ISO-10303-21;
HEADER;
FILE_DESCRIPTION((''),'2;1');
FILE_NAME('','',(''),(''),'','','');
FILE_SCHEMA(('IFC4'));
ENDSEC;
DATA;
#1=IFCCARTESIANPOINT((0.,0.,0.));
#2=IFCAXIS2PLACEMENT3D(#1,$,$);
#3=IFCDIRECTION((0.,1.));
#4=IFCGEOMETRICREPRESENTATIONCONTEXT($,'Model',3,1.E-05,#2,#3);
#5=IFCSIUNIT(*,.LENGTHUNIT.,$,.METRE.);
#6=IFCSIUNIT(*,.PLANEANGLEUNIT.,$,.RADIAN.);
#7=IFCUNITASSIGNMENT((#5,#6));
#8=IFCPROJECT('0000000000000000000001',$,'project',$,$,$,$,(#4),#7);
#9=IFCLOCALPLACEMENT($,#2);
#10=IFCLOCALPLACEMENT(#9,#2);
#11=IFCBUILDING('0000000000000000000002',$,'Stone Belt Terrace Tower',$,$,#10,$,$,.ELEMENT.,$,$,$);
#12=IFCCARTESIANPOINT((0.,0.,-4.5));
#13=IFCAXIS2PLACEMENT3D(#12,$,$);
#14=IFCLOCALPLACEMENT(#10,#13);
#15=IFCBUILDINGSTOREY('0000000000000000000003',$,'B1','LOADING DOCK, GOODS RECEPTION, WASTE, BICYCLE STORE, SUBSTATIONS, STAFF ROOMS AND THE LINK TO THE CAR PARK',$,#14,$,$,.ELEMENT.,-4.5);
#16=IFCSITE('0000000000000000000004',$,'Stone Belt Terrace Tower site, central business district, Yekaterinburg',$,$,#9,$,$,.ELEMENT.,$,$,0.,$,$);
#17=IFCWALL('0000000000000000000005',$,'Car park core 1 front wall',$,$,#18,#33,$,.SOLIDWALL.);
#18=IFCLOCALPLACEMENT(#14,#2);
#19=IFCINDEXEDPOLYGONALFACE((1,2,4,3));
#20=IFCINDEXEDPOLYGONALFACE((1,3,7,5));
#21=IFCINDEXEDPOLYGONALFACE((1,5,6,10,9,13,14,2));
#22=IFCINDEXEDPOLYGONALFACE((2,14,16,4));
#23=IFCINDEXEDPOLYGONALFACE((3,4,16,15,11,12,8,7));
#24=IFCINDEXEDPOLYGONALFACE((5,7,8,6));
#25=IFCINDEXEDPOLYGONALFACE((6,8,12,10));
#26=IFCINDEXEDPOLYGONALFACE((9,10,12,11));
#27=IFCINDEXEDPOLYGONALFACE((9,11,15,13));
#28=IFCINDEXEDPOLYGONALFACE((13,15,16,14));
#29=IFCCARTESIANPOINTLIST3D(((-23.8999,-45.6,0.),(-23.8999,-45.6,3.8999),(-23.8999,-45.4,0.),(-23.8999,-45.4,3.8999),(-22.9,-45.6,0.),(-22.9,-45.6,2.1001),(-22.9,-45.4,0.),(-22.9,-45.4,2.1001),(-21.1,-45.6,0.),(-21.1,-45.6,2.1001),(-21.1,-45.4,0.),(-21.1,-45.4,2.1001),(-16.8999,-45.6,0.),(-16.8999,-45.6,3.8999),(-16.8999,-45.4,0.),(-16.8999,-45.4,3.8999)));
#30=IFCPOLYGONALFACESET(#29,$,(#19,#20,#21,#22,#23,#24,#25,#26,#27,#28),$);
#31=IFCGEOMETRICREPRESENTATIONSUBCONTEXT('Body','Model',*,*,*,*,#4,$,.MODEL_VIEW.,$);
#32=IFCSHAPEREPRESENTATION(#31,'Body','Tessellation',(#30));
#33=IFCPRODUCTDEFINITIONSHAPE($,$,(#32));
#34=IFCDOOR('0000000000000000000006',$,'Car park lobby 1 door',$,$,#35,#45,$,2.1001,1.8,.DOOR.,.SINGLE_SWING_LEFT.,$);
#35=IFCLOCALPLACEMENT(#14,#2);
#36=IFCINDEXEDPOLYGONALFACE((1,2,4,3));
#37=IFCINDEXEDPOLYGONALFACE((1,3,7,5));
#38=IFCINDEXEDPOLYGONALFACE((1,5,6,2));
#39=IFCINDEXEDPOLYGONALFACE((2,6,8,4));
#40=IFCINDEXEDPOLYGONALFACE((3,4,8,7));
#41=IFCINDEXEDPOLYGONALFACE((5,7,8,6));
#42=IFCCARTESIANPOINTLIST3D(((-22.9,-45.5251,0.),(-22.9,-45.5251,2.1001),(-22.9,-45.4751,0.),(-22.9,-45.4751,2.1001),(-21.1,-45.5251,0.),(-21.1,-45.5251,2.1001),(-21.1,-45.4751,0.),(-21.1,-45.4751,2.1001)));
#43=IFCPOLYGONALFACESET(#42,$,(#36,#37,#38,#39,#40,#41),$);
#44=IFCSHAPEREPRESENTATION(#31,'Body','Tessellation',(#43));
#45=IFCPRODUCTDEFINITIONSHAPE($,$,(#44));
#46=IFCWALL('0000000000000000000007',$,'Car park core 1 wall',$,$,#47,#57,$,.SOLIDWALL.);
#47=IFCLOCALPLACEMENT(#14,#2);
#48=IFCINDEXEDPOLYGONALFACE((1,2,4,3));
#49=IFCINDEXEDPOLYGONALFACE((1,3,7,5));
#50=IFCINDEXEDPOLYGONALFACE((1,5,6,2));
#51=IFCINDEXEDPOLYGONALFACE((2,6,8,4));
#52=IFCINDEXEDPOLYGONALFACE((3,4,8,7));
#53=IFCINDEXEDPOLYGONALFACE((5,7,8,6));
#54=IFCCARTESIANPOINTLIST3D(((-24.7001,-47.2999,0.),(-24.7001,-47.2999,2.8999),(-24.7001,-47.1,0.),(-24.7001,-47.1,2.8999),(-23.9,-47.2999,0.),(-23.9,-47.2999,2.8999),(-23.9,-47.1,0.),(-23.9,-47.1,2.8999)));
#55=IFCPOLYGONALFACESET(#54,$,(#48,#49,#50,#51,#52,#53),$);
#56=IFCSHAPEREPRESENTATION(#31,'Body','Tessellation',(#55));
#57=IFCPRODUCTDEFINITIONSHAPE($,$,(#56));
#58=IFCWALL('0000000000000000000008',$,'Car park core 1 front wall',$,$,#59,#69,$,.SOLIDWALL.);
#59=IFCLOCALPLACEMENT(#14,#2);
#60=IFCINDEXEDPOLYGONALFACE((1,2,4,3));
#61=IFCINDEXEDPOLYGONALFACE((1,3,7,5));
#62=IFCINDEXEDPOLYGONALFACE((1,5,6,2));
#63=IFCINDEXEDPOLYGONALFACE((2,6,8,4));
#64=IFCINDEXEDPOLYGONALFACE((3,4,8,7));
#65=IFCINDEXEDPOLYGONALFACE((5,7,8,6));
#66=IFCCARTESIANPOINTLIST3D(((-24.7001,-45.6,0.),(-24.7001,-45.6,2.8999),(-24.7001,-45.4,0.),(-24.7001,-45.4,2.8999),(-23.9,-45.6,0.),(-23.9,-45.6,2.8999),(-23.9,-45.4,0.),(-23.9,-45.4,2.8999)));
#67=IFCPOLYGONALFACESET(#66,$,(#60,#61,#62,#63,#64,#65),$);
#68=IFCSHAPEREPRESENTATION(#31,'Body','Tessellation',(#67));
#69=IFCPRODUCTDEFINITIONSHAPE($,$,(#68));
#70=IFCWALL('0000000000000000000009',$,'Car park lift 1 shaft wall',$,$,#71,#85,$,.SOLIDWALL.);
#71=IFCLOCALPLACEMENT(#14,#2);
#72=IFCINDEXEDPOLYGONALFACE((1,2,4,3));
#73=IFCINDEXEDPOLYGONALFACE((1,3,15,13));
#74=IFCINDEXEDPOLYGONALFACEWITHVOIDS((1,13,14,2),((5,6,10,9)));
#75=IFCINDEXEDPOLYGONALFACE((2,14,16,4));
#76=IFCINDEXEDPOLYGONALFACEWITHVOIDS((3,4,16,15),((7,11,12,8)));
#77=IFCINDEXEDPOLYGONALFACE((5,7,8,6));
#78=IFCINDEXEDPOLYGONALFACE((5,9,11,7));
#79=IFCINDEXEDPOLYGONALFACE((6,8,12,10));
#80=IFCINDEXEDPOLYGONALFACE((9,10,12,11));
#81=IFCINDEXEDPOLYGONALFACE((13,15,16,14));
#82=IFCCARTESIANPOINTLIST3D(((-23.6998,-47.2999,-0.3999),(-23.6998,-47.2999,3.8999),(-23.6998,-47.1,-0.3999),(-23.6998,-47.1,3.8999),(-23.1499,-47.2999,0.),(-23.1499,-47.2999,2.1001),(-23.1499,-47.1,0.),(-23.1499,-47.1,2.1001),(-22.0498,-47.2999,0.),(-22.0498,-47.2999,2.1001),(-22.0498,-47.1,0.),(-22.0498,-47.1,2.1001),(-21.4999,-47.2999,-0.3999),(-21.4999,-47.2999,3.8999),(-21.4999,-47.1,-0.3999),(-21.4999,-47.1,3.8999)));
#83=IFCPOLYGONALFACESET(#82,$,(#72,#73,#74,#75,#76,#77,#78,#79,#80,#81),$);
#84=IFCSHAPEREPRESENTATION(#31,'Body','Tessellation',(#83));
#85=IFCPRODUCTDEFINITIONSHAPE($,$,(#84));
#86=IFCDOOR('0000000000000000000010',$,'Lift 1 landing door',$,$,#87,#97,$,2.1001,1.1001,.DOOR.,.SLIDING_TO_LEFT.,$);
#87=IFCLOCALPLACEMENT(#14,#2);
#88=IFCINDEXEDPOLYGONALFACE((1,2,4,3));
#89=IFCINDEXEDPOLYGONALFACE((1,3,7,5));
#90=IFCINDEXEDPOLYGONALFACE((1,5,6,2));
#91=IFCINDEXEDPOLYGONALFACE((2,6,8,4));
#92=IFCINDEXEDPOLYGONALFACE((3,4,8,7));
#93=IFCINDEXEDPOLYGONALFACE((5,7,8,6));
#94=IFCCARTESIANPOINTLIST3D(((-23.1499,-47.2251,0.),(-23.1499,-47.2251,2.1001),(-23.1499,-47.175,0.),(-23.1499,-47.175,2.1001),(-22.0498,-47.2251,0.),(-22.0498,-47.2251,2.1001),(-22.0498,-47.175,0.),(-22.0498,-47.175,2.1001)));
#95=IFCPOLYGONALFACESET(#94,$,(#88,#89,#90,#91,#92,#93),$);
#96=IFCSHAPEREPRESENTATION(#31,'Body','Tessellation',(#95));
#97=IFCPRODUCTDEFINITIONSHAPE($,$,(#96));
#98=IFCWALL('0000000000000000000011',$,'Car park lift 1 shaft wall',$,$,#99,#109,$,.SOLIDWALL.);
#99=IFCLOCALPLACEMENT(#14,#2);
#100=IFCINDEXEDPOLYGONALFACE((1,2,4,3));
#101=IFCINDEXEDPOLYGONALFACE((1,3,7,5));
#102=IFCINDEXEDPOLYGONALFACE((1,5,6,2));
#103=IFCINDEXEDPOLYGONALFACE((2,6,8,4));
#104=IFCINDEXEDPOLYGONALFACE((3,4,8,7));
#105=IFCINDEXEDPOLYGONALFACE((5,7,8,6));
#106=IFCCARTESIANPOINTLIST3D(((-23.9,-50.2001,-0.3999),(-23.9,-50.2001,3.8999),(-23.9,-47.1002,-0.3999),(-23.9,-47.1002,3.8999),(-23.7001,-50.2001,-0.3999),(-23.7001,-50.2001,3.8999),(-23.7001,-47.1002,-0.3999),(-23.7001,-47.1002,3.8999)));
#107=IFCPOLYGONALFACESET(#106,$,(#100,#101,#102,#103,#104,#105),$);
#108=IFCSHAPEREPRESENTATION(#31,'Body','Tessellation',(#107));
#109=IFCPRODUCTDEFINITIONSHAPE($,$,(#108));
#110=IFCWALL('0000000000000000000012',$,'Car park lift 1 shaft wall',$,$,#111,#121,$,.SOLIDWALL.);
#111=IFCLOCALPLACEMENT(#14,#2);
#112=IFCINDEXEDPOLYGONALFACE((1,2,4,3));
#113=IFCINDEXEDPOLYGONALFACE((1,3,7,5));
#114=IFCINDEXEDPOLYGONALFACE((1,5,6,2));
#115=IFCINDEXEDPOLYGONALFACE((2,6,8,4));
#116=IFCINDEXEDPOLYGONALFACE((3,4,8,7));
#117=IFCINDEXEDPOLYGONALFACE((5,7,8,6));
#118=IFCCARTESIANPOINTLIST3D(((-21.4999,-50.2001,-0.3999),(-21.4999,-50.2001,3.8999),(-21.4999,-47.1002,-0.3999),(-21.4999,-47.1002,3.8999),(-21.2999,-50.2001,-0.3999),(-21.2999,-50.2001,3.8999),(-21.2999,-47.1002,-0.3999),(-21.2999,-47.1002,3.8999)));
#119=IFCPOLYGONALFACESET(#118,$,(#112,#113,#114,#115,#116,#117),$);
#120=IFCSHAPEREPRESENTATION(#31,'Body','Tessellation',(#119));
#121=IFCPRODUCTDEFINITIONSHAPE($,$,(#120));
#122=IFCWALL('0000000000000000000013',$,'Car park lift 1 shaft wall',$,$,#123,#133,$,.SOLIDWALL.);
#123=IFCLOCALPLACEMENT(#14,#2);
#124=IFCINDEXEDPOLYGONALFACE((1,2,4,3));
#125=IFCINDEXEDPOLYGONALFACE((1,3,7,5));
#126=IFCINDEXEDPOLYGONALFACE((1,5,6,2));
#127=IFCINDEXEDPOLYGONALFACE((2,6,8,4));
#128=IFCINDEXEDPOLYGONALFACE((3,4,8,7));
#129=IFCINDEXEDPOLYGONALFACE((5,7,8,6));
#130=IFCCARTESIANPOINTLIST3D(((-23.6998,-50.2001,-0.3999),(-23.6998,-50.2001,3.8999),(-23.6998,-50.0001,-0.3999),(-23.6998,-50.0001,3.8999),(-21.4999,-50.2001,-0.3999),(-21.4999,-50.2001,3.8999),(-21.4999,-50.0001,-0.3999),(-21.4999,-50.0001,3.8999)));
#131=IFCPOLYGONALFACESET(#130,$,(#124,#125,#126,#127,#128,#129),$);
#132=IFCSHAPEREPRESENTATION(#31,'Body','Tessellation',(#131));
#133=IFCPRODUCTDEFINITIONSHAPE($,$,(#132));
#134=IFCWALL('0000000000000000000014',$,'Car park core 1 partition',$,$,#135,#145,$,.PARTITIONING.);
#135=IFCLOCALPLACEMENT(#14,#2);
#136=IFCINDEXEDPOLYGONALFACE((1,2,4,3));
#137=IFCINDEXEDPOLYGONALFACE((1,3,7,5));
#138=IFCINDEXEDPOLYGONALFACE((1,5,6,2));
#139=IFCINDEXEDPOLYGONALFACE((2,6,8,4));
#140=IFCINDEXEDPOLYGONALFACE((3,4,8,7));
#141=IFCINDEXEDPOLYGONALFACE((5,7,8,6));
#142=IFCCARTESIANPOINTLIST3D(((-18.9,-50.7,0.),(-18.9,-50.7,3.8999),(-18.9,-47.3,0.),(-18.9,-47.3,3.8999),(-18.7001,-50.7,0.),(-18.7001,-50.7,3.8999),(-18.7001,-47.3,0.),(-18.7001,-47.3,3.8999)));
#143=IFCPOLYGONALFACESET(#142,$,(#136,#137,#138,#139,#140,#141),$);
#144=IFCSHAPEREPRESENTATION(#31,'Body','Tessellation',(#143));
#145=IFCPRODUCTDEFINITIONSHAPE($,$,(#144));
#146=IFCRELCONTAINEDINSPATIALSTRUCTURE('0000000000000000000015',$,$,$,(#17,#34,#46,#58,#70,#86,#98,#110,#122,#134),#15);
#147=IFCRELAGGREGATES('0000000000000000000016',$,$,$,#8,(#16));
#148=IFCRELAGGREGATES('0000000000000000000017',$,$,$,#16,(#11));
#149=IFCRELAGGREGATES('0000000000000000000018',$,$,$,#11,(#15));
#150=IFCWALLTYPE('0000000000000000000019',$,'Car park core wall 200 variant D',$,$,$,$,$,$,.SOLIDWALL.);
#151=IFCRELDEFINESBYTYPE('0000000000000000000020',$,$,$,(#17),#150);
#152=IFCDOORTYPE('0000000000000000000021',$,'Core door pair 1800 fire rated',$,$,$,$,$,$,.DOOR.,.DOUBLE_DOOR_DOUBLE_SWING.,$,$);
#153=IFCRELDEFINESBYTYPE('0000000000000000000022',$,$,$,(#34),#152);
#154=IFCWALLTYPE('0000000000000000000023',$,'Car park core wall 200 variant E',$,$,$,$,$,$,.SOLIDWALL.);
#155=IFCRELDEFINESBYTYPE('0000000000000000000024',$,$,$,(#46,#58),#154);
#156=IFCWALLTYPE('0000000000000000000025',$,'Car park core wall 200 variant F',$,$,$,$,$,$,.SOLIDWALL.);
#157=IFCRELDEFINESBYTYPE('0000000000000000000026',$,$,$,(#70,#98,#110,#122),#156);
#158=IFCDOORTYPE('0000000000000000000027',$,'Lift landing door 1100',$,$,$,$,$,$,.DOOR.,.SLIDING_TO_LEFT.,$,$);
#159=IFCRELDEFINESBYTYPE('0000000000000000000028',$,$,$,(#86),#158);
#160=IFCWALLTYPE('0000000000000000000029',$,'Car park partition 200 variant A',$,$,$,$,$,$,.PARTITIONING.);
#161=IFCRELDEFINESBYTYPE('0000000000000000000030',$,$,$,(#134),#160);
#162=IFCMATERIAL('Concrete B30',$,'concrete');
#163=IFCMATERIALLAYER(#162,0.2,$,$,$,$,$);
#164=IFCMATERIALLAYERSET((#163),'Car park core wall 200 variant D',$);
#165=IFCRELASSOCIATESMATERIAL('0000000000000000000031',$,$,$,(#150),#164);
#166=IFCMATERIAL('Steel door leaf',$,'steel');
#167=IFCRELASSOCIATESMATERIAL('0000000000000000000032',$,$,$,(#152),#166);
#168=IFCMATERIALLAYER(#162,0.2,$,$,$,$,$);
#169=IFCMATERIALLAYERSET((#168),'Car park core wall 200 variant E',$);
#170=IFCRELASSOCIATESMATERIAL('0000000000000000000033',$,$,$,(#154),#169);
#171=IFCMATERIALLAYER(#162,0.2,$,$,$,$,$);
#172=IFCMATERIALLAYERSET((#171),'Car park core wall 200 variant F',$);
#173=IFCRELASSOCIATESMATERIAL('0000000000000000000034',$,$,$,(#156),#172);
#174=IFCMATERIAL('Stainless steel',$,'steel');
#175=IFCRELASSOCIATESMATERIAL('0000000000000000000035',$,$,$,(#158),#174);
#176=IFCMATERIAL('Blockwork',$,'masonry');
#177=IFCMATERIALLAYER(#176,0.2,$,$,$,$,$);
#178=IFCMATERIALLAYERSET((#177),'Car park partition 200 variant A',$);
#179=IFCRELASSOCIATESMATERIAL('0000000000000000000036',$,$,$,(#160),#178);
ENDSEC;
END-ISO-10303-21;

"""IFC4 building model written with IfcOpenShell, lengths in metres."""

from ifc_helpers import new_model, si_unit, direction, frame, frame_2d, origin, place, context, subcontext, project, spatial, rectangle, extrude, material, layer, layer_set, type_object, element, fill, save


model = new_model("IFC4")

# Units and contexts
model_context = context("Model", 3, precision=1e-05, world=origin(), true_north=direction((0.0, 1.0)))
body_context = subcontext(model_context, "Body", "Model", "MODEL_VIEW")
ifc_project = project(units=[si_unit("LENGTHUNIT", "METRE"), si_unit("PLANEANGLEUNIT", "RADIAN")], contexts=[model_context])

# Site, building, storey
site_placement = place(None, origin())
site = spatial("IfcSite", under=ifc_project, at=site_placement, Name="Stone Belt Terrace Tower site, central business district, Yekaterinburg", CompositionType="ELEMENT", RefElevation=0.0)
building_placement = place(site_placement, origin())
building = spatial("IfcBuilding", under=site, at=building_placement, Name="Stone Belt Terrace Tower", CompositionType="ELEMENT")
storey_placement = place(building_placement, frame((0.0, 0.0, -4.5)))
storey = spatial("IfcBuildingStorey", under=building, at=storey_placement, Name="B1", Description="LOADING DOCK, GOODS RECEPTION, WASTE, BICYCLE STORE, SUBSTATIONS, STAFF ROOMS AND THE LINK TO THE CAR PARK", CompositionType="ELEMENT", Elevation=-4.5)

# Shared definitions
ifc_material_1 = material(Name="Concrete B30", Category="concrete")
ifc_layer_1 = layer(ifc_material_1, 0.2)
ifc_layer_set_1 = layer_set([ifc_layer_1], Name="Car park core wall 200 variant D")
wall_type_1 = type_object("IfcWallType", Name="Car park core wall 200 variant D", PredefinedType="SOLIDWALL", material=ifc_layer_set_1)
ifc_material_2 = material(Name="Steel door leaf", Category="steel")

# Wall, opening, door
wall_1_placement = place(storey_placement, frame((-23.8999, -45.5, 0.0), z_axis=(0.0, 0.0, 1.0), x_axis=(1.0, 0.0, 0.0)))
wall_1 = element("IfcWall", 1, at=wall_1_placement, inside=storey, type_object=wall_type_1, Name="Car park core 1 front wall", PredefinedType="SOLIDWALL", context=body_context, shape_type="SweptSolid", body=[
    extrude(rectangle(XDim=7.0, YDim=0.2, at=frame_2d((3.5, 0.0))), origin(), (0.0, 0.0, 1.0), 3.8999),
])
opening_1_placement = place(wall_1_placement, frame((1.0, 0.0, 0.0)))
opening_1 = element("IfcOpeningElement", 2, at=opening_1_placement, cuts=wall_1, PredefinedType="OPENING", context=body_context, shape_type="SweptSolid", body=[
    extrude(rectangle(XDim=1.8, YDim=2.1001, at=frame_2d((0.8999, 1.05))), frame((0.0, 0.1099, 0.0), z_axis=(0.0, -1.0, 0.0), x_axis=(1.0, 0.0, 0.0)), (0.0, 0.0, 1.0), 0.22),
])
door_type_1 = type_object("IfcDoorType", Name="Core door pair 1800 fire rated", OperationType="DOUBLE_DOOR_DOUBLE_SWING", PredefinedType="DOOR", material=ifc_material_2)
door_1_placement = place(opening_1_placement, origin())
door_1 = element("IfcDoor", 3, at=door_1_placement, inside=storey, type_object=door_type_1, Name="Car park lobby 1 door", OperationType="SINGLE_SWING_LEFT", OverallHeight=2.1001, OverallWidth=1.8, PredefinedType="DOOR", context=body_context, shape_type="SweptSolid", body=[
    extrude(rectangle(XDim=1.8, YDim=2.1001, at=frame_2d((0.8999, 1.05))), frame((0.0, 0.0249, 0.0), z_axis=(0.0, -1.0, 0.0), x_axis=(1.0, 0.0, 0.0)), (0.0, 0.0, 1.0), 0.05),
])
fill(opening_1, door_1)

# Walls
ifc_layer_2 = layer(ifc_material_1, 0.2)
ifc_layer_set_2 = layer_set([ifc_layer_2], Name="Car park core wall 200 variant E")
wall_type_2 = type_object("IfcWallType", Name="Car park core wall 200 variant E", PredefinedType="SOLIDWALL", material=ifc_layer_set_2)
for number, where, z_axis, x_axis, name in (
    (4, (-24.7, -47.2, 0.0), (0.0, 0.0, 1.0), (1.0, 0.0, 0.0), "Car park core 1 wall"),
    (5, (-24.7, -45.5, 0.0), (0.0, 0.0, 1.0), (1.0, 0.0, 0.0), "Car park core 1 front wall"),
):
    element("IfcWall", number, at=place(storey_placement, frame(where, z_axis=z_axis, x_axis=x_axis)), inside=storey, type_object=wall_type_2, Name=name, PredefinedType="SOLIDWALL", context=body_context, shape_type="SweptSolid", body=[
        extrude(rectangle(XDim=0.8, YDim=0.2, at=frame_2d((0.3999, 0.0))), origin(), (0.0, 0.0, 1.0), 2.8999),
    ])

# Wall, opening, door
ifc_layer_3 = layer(ifc_material_1, 0.2)
ifc_layer_set_3 = layer_set([ifc_layer_3], Name="Car park core wall 200 variant F")
wall_type_3 = type_object("IfcWallType", Name="Car park core wall 200 variant F", PredefinedType="SOLIDWALL", material=ifc_layer_set_3)
wall_2_placement = place(storey_placement, frame((-23.7, -47.2, -0.3999), z_axis=(0.0, 0.0, 1.0), x_axis=(1.0, 0.0, 0.0)))
wall_2 = element("IfcWall", 6, at=wall_2_placement, inside=storey, type_object=wall_type_3, Name="Car park lift 1 shaft wall", PredefinedType="SOLIDWALL", context=body_context, shape_type="SweptSolid", body=[
    extrude(rectangle(XDim=2.2, YDim=0.2, at=frame_2d((1.1001, 0.0))), origin(), (0.0, 0.0, 1.0), 4.2998),
])
opening_2_placement = place(wall_2_placement, frame((0.55, 0.0, 0.3999)))
opening_2 = element("IfcOpeningElement", 7, at=opening_2_placement, cuts=wall_2, PredefinedType="OPENING", context=body_context, shape_type="SweptSolid", body=[
    extrude(rectangle(XDim=1.1001, YDim=2.1001, at=frame_2d((0.55, 1.05))), frame((0.0, 0.1099, 0.0), z_axis=(0.0, -1.0, 0.0), x_axis=(1.0, 0.0, 0.0)), (0.0, 0.0, 1.0), 0.22),
])
ifc_material_3 = material(Name="Stainless steel", Category="steel")
door_type_2 = type_object("IfcDoorType", Name="Lift landing door 1100", OperationType="SLIDING_TO_LEFT", PredefinedType="DOOR", material=ifc_material_3)
door_2_placement = place(opening_2_placement, origin())
door_2 = element("IfcDoor", 8, at=door_2_placement, inside=storey, type_object=door_type_2, Name="Lift 1 landing door", OperationType="SLIDING_TO_LEFT", OverallHeight=2.1001, OverallWidth=1.1001, PredefinedType="DOOR", context=body_context, shape_type="SweptSolid", body=[
    extrude(rectangle(XDim=1.1001, YDim=2.1001, at=frame_2d((0.55, 1.05))), frame((0.0, 0.0249, 0.0), z_axis=(0.0, -1.0, 0.0), x_axis=(1.0, 0.0, 0.0)), (0.0, 0.0, 1.0), 0.05),
])
fill(opening_2, door_2)

# Walls
for number, where, z_axis, x_axis, name in (
    (9, (-23.8, -50.2, -0.3999), (0.0, 0.0, 1.0), (0.0, 1.0, 0.0), "Car park lift 1 shaft wall"),
    (10, (-21.3999, -50.2, -0.3999), (0.0, 0.0, 1.0), (0.0, 1.0, 0.0), "Car park lift 1 shaft wall"),
):
    element("IfcWall", number, at=place(storey_placement, frame(where, z_axis=z_axis, x_axis=x_axis)), inside=storey, type_object=wall_type_3, Name=name, PredefinedType="SOLIDWALL", context=body_context, shape_type="SweptSolid", body=[
        extrude(rectangle(XDim=3.0999, YDim=0.2, at=frame_2d((1.5498, 0.0))), origin(), (0.0, 0.0, 1.0), 4.2998),
    ])
wall_3_placement = place(storey_placement, frame((-23.7, -50.1001, -0.3999), z_axis=(0.0, 0.0, 1.0), x_axis=(1.0, 0.0, 0.0)))
element("IfcWall", 11, at=wall_3_placement, inside=storey, type_object=wall_type_3, Name="Car park lift 1 shaft wall", PredefinedType="SOLIDWALL", context=body_context, shape_type="SweptSolid", body=[
    extrude(rectangle(XDim=2.2, YDim=0.2, at=frame_2d((1.1001, 0.0))), origin(), (0.0, 0.0, 1.0), 4.2998),
])
ifc_material_4 = material(Name="Blockwork", Category="masonry")
ifc_layer_4 = layer(ifc_material_4, 0.2)
ifc_layer_set_4 = layer_set([ifc_layer_4], Name="Car park partition 200 variant A")
wall_type_4 = type_object("IfcWallType", Name="Car park partition 200 variant A", PredefinedType="PARTITIONING", material=ifc_layer_set_4)
wall_4_placement = place(storey_placement, frame((-18.8, -50.7, 0.0), z_axis=(0.0, 0.0, 1.0), x_axis=(0.0, 1.0, 0.0)))
element("IfcWall", 12, at=wall_4_placement, inside=storey, type_object=wall_type_4, Name="Car park core 1 partition", PredefinedType="PARTITIONING", context=body_context, shape_type="SweptSolid", body=[
    extrude(rectangle(XDim=3.3999, YDim=0.2, at=frame_2d((1.7, 0.0))), origin(), (0.0, 0.0, 1.0), 3.8999),
])

save(model, "model.ifc")
